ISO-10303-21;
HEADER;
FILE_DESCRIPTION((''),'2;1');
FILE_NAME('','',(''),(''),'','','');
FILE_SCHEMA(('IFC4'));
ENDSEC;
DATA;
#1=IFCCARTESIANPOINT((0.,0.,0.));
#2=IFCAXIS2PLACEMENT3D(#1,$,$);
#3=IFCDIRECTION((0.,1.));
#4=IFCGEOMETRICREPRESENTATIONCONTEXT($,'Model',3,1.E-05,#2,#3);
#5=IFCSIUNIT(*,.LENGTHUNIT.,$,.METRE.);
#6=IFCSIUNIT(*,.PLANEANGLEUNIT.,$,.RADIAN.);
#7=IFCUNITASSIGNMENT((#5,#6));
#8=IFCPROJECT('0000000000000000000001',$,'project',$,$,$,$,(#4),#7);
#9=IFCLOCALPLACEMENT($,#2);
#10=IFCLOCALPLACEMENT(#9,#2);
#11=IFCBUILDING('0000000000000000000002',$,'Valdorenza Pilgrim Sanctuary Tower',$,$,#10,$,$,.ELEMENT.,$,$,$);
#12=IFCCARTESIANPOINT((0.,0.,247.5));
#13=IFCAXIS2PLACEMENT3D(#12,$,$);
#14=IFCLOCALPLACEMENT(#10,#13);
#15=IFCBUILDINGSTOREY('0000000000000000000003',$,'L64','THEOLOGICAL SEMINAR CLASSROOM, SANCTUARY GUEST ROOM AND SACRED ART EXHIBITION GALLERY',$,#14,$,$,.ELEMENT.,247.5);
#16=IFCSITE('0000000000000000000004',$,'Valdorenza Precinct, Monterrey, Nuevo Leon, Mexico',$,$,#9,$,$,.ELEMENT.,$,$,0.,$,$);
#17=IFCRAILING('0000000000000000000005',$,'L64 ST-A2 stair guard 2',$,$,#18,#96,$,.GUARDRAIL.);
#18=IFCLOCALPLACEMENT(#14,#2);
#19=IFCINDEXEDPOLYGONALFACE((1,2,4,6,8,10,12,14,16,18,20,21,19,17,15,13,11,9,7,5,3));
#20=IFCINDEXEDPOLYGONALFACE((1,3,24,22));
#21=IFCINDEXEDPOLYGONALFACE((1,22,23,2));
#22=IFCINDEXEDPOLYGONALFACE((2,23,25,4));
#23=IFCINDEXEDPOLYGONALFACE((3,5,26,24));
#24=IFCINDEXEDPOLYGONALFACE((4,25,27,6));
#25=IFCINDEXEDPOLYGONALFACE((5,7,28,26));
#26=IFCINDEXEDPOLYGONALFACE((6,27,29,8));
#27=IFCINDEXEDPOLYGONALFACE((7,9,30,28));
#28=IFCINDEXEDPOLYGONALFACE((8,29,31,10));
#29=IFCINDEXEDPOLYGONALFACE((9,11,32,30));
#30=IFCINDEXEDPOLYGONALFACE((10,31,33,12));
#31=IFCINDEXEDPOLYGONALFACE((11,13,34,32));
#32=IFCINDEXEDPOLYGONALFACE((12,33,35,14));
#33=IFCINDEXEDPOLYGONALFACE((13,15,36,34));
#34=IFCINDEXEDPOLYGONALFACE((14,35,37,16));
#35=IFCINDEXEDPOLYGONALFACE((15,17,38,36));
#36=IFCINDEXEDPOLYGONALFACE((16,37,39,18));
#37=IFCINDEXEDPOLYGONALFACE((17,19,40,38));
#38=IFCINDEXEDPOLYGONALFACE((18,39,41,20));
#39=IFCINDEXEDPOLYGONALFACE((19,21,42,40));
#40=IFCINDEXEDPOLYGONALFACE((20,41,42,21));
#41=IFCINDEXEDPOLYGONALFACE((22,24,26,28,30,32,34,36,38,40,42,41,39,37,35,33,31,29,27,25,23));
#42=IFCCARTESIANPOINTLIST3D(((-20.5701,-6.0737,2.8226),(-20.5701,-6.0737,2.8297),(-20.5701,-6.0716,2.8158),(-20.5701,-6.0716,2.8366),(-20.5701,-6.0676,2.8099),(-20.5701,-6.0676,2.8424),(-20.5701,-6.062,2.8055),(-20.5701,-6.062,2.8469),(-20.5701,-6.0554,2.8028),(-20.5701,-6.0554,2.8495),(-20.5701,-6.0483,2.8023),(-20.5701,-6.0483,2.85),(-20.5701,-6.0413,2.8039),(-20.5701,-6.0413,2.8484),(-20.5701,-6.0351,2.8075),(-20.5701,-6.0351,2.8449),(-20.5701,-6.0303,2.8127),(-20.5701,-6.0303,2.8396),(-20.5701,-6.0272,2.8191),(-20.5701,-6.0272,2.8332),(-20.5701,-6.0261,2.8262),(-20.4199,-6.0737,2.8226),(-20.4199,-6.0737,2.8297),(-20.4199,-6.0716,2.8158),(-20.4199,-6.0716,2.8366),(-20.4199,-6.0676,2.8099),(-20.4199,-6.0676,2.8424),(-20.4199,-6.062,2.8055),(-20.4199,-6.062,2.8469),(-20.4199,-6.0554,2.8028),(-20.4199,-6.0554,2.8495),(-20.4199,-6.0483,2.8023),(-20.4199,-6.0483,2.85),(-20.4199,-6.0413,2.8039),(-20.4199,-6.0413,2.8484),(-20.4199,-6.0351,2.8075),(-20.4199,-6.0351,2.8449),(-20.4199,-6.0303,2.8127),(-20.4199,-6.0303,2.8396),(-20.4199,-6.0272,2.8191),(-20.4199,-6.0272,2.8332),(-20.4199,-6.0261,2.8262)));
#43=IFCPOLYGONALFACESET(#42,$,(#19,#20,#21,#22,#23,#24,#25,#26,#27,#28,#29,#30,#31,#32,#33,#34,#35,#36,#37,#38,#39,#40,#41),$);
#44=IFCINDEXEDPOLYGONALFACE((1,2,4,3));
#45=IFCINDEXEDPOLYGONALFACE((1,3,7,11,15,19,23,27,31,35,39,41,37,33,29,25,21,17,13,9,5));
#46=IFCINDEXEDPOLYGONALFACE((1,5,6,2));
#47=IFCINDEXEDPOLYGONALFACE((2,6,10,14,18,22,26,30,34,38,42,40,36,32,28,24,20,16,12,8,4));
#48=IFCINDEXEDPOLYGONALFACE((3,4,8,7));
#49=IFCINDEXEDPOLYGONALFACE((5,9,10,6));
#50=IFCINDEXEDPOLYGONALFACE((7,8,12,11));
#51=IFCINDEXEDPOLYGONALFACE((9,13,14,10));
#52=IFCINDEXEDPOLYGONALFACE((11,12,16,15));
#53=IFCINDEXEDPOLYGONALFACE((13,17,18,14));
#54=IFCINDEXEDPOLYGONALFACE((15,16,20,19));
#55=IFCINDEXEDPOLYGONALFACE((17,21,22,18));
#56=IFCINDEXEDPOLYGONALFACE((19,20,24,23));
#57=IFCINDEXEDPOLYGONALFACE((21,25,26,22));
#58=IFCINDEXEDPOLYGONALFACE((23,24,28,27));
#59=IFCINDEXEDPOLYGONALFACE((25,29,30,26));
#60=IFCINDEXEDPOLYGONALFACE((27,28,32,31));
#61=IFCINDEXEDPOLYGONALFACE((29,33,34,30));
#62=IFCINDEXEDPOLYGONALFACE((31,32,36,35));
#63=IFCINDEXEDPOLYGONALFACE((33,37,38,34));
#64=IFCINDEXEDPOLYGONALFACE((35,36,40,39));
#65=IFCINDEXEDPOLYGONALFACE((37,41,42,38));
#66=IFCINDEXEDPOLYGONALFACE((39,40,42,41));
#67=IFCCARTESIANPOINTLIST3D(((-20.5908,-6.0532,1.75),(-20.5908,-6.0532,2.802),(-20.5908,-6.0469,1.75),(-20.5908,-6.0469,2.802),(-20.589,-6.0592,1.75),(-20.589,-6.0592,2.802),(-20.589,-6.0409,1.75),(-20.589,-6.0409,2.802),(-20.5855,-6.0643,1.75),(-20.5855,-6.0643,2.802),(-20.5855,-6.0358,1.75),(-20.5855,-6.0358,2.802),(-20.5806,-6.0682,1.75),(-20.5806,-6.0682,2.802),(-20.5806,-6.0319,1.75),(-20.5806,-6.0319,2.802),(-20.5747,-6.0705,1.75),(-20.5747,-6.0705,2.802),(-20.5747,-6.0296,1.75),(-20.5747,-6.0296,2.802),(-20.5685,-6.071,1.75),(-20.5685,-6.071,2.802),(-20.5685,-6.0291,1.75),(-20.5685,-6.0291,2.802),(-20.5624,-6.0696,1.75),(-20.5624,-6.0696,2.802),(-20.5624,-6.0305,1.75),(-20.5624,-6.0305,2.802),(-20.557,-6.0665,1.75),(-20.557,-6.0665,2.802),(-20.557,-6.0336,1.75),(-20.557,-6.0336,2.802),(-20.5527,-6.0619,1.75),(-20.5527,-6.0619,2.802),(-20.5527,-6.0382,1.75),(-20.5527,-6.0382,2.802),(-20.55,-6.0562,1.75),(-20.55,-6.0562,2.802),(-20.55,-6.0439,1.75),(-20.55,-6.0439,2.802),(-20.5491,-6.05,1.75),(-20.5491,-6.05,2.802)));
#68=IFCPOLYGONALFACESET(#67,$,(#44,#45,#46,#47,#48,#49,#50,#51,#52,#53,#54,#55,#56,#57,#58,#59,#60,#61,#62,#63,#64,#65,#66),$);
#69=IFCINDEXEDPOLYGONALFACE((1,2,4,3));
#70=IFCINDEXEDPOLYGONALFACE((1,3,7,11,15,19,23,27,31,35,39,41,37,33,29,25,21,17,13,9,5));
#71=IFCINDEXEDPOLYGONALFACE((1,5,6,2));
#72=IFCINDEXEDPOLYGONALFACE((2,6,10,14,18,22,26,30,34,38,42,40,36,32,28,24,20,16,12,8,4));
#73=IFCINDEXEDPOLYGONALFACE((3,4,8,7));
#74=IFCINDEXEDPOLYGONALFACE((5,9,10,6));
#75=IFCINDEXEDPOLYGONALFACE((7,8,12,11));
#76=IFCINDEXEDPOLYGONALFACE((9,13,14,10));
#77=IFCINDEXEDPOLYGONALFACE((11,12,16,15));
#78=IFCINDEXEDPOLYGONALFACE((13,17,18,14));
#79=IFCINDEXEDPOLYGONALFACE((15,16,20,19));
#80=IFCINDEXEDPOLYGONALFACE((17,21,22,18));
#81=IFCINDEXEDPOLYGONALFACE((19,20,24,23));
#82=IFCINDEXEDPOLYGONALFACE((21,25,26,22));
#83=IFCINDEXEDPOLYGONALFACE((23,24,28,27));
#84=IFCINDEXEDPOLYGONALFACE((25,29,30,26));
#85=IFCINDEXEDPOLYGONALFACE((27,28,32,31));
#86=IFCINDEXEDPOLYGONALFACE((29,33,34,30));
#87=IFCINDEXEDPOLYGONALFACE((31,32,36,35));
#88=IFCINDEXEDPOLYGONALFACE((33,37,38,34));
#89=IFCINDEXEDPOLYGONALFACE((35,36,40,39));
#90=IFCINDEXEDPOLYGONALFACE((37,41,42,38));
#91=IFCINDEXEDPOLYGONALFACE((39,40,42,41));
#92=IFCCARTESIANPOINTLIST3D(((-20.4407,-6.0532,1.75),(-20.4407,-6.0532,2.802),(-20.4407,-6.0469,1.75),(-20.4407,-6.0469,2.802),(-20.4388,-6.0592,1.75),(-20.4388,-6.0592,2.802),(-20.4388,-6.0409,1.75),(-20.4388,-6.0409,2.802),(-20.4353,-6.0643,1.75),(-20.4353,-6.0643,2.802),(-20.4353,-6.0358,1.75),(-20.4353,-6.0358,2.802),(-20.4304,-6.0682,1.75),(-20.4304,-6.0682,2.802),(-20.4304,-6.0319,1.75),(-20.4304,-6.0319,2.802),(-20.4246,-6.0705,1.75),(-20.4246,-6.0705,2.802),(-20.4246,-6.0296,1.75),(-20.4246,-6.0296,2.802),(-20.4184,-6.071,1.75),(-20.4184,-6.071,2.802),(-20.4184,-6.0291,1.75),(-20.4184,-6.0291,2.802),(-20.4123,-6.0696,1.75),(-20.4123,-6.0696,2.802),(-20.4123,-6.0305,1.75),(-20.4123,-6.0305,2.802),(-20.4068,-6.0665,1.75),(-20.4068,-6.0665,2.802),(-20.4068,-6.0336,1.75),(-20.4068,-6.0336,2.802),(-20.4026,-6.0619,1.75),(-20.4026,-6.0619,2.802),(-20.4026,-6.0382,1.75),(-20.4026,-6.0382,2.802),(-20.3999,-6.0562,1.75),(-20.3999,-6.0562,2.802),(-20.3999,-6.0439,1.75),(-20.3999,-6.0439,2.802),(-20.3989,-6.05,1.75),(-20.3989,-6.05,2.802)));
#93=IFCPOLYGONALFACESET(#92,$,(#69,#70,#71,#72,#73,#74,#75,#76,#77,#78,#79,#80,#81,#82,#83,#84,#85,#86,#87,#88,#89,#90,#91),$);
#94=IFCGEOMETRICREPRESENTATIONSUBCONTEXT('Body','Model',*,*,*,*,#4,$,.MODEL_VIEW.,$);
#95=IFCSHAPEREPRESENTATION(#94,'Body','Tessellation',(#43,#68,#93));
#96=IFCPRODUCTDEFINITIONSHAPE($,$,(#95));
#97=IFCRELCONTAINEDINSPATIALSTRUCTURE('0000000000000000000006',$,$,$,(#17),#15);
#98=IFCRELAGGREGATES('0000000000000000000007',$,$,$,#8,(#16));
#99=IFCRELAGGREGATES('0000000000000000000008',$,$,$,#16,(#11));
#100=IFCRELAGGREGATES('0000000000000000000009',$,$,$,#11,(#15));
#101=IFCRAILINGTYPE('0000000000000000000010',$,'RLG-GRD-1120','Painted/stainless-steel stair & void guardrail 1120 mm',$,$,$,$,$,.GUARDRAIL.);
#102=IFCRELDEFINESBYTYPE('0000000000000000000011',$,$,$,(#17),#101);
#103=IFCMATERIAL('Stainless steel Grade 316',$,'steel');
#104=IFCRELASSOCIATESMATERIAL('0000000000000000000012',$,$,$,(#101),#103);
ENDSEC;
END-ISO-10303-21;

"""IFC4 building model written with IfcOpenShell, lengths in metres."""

from ifc_helpers import new_model, si_unit, direction, frame, origin, origin_2d, place, context, subcontext, project, spatial, circle, extrude, material, type_object, element, save


model = new_model("IFC4")

# Units and contexts
model_context = context("Model", 3, precision=1e-05, world=origin(), true_north=direction((0.0, 1.0)))
body_context = subcontext(model_context, "Body", "Model", "MODEL_VIEW")
ifc_project = project(units=[si_unit("LENGTHUNIT", "METRE"), si_unit("PLANEANGLEUNIT", "RADIAN")], contexts=[model_context])

# Site, building, storey
site_placement = place(None, origin())
site = spatial("IfcSite", under=ifc_project, at=site_placement, Name="Valdorenza Precinct, Monterrey, Nuevo Leon, Mexico", CompositionType="ELEMENT", RefElevation=0.0)
building_placement = place(site_placement, origin())
building = spatial("IfcBuilding", under=site, at=building_placement, Name="Valdorenza Pilgrim Sanctuary Tower", CompositionType="ELEMENT")
storey_placement = place(building_placement, frame((0.0, 0.0, 247.5)))
storey = spatial("IfcBuildingStorey", under=building, at=storey_placement, Name="L64", Description="THEOLOGICAL SEMINAR CLASSROOM, SANCTUARY GUEST ROOM AND SACRED ART EXHIBITION GALLERY", CompositionType="ELEMENT", Elevation=247.5)

# Railing
ifc_material_1 = material(Name="Stainless steel Grade 316", Category="steel")
railing_type_1 = type_object("IfcRailingType", Name="RLG-GRD-1120", Description="Painted/stainless-steel stair & void guardrail 1120 mm", PredefinedType="GUARDRAIL", material=ifc_material_1)
railing_1_placement = place(storey_placement, frame((-20.5701, -6.05, 1.75)))
element("IfcRailing", 1, at=railing_1_placement, inside=storey, type_object=railing_type_1, Name="L64 ST-A2 stair guard 2", PredefinedType="GUARDRAIL", context=body_context, shape_type="SweptSolid", body=[
    extrude(circle(Radius=0.0239, at=origin_2d()), frame((0.0, 0.0, 1.0762), z_axis=(1.0, 0.0, 0.0), x_axis=(0.0, 1.0, 0.0)), (0.0, 0.0, 1.0), 0.1501),
    extrude(circle(Radius=0.021, at=origin_2d()), origin(), (0.0, 0.0, 1.0), 1.052),
    extrude(circle(Radius=0.021, at=origin_2d()), frame((0.1501, 0.0, 0.0)), (0.0, 0.0, 1.0), 1.052),
])

save(model, "model.ifc")
